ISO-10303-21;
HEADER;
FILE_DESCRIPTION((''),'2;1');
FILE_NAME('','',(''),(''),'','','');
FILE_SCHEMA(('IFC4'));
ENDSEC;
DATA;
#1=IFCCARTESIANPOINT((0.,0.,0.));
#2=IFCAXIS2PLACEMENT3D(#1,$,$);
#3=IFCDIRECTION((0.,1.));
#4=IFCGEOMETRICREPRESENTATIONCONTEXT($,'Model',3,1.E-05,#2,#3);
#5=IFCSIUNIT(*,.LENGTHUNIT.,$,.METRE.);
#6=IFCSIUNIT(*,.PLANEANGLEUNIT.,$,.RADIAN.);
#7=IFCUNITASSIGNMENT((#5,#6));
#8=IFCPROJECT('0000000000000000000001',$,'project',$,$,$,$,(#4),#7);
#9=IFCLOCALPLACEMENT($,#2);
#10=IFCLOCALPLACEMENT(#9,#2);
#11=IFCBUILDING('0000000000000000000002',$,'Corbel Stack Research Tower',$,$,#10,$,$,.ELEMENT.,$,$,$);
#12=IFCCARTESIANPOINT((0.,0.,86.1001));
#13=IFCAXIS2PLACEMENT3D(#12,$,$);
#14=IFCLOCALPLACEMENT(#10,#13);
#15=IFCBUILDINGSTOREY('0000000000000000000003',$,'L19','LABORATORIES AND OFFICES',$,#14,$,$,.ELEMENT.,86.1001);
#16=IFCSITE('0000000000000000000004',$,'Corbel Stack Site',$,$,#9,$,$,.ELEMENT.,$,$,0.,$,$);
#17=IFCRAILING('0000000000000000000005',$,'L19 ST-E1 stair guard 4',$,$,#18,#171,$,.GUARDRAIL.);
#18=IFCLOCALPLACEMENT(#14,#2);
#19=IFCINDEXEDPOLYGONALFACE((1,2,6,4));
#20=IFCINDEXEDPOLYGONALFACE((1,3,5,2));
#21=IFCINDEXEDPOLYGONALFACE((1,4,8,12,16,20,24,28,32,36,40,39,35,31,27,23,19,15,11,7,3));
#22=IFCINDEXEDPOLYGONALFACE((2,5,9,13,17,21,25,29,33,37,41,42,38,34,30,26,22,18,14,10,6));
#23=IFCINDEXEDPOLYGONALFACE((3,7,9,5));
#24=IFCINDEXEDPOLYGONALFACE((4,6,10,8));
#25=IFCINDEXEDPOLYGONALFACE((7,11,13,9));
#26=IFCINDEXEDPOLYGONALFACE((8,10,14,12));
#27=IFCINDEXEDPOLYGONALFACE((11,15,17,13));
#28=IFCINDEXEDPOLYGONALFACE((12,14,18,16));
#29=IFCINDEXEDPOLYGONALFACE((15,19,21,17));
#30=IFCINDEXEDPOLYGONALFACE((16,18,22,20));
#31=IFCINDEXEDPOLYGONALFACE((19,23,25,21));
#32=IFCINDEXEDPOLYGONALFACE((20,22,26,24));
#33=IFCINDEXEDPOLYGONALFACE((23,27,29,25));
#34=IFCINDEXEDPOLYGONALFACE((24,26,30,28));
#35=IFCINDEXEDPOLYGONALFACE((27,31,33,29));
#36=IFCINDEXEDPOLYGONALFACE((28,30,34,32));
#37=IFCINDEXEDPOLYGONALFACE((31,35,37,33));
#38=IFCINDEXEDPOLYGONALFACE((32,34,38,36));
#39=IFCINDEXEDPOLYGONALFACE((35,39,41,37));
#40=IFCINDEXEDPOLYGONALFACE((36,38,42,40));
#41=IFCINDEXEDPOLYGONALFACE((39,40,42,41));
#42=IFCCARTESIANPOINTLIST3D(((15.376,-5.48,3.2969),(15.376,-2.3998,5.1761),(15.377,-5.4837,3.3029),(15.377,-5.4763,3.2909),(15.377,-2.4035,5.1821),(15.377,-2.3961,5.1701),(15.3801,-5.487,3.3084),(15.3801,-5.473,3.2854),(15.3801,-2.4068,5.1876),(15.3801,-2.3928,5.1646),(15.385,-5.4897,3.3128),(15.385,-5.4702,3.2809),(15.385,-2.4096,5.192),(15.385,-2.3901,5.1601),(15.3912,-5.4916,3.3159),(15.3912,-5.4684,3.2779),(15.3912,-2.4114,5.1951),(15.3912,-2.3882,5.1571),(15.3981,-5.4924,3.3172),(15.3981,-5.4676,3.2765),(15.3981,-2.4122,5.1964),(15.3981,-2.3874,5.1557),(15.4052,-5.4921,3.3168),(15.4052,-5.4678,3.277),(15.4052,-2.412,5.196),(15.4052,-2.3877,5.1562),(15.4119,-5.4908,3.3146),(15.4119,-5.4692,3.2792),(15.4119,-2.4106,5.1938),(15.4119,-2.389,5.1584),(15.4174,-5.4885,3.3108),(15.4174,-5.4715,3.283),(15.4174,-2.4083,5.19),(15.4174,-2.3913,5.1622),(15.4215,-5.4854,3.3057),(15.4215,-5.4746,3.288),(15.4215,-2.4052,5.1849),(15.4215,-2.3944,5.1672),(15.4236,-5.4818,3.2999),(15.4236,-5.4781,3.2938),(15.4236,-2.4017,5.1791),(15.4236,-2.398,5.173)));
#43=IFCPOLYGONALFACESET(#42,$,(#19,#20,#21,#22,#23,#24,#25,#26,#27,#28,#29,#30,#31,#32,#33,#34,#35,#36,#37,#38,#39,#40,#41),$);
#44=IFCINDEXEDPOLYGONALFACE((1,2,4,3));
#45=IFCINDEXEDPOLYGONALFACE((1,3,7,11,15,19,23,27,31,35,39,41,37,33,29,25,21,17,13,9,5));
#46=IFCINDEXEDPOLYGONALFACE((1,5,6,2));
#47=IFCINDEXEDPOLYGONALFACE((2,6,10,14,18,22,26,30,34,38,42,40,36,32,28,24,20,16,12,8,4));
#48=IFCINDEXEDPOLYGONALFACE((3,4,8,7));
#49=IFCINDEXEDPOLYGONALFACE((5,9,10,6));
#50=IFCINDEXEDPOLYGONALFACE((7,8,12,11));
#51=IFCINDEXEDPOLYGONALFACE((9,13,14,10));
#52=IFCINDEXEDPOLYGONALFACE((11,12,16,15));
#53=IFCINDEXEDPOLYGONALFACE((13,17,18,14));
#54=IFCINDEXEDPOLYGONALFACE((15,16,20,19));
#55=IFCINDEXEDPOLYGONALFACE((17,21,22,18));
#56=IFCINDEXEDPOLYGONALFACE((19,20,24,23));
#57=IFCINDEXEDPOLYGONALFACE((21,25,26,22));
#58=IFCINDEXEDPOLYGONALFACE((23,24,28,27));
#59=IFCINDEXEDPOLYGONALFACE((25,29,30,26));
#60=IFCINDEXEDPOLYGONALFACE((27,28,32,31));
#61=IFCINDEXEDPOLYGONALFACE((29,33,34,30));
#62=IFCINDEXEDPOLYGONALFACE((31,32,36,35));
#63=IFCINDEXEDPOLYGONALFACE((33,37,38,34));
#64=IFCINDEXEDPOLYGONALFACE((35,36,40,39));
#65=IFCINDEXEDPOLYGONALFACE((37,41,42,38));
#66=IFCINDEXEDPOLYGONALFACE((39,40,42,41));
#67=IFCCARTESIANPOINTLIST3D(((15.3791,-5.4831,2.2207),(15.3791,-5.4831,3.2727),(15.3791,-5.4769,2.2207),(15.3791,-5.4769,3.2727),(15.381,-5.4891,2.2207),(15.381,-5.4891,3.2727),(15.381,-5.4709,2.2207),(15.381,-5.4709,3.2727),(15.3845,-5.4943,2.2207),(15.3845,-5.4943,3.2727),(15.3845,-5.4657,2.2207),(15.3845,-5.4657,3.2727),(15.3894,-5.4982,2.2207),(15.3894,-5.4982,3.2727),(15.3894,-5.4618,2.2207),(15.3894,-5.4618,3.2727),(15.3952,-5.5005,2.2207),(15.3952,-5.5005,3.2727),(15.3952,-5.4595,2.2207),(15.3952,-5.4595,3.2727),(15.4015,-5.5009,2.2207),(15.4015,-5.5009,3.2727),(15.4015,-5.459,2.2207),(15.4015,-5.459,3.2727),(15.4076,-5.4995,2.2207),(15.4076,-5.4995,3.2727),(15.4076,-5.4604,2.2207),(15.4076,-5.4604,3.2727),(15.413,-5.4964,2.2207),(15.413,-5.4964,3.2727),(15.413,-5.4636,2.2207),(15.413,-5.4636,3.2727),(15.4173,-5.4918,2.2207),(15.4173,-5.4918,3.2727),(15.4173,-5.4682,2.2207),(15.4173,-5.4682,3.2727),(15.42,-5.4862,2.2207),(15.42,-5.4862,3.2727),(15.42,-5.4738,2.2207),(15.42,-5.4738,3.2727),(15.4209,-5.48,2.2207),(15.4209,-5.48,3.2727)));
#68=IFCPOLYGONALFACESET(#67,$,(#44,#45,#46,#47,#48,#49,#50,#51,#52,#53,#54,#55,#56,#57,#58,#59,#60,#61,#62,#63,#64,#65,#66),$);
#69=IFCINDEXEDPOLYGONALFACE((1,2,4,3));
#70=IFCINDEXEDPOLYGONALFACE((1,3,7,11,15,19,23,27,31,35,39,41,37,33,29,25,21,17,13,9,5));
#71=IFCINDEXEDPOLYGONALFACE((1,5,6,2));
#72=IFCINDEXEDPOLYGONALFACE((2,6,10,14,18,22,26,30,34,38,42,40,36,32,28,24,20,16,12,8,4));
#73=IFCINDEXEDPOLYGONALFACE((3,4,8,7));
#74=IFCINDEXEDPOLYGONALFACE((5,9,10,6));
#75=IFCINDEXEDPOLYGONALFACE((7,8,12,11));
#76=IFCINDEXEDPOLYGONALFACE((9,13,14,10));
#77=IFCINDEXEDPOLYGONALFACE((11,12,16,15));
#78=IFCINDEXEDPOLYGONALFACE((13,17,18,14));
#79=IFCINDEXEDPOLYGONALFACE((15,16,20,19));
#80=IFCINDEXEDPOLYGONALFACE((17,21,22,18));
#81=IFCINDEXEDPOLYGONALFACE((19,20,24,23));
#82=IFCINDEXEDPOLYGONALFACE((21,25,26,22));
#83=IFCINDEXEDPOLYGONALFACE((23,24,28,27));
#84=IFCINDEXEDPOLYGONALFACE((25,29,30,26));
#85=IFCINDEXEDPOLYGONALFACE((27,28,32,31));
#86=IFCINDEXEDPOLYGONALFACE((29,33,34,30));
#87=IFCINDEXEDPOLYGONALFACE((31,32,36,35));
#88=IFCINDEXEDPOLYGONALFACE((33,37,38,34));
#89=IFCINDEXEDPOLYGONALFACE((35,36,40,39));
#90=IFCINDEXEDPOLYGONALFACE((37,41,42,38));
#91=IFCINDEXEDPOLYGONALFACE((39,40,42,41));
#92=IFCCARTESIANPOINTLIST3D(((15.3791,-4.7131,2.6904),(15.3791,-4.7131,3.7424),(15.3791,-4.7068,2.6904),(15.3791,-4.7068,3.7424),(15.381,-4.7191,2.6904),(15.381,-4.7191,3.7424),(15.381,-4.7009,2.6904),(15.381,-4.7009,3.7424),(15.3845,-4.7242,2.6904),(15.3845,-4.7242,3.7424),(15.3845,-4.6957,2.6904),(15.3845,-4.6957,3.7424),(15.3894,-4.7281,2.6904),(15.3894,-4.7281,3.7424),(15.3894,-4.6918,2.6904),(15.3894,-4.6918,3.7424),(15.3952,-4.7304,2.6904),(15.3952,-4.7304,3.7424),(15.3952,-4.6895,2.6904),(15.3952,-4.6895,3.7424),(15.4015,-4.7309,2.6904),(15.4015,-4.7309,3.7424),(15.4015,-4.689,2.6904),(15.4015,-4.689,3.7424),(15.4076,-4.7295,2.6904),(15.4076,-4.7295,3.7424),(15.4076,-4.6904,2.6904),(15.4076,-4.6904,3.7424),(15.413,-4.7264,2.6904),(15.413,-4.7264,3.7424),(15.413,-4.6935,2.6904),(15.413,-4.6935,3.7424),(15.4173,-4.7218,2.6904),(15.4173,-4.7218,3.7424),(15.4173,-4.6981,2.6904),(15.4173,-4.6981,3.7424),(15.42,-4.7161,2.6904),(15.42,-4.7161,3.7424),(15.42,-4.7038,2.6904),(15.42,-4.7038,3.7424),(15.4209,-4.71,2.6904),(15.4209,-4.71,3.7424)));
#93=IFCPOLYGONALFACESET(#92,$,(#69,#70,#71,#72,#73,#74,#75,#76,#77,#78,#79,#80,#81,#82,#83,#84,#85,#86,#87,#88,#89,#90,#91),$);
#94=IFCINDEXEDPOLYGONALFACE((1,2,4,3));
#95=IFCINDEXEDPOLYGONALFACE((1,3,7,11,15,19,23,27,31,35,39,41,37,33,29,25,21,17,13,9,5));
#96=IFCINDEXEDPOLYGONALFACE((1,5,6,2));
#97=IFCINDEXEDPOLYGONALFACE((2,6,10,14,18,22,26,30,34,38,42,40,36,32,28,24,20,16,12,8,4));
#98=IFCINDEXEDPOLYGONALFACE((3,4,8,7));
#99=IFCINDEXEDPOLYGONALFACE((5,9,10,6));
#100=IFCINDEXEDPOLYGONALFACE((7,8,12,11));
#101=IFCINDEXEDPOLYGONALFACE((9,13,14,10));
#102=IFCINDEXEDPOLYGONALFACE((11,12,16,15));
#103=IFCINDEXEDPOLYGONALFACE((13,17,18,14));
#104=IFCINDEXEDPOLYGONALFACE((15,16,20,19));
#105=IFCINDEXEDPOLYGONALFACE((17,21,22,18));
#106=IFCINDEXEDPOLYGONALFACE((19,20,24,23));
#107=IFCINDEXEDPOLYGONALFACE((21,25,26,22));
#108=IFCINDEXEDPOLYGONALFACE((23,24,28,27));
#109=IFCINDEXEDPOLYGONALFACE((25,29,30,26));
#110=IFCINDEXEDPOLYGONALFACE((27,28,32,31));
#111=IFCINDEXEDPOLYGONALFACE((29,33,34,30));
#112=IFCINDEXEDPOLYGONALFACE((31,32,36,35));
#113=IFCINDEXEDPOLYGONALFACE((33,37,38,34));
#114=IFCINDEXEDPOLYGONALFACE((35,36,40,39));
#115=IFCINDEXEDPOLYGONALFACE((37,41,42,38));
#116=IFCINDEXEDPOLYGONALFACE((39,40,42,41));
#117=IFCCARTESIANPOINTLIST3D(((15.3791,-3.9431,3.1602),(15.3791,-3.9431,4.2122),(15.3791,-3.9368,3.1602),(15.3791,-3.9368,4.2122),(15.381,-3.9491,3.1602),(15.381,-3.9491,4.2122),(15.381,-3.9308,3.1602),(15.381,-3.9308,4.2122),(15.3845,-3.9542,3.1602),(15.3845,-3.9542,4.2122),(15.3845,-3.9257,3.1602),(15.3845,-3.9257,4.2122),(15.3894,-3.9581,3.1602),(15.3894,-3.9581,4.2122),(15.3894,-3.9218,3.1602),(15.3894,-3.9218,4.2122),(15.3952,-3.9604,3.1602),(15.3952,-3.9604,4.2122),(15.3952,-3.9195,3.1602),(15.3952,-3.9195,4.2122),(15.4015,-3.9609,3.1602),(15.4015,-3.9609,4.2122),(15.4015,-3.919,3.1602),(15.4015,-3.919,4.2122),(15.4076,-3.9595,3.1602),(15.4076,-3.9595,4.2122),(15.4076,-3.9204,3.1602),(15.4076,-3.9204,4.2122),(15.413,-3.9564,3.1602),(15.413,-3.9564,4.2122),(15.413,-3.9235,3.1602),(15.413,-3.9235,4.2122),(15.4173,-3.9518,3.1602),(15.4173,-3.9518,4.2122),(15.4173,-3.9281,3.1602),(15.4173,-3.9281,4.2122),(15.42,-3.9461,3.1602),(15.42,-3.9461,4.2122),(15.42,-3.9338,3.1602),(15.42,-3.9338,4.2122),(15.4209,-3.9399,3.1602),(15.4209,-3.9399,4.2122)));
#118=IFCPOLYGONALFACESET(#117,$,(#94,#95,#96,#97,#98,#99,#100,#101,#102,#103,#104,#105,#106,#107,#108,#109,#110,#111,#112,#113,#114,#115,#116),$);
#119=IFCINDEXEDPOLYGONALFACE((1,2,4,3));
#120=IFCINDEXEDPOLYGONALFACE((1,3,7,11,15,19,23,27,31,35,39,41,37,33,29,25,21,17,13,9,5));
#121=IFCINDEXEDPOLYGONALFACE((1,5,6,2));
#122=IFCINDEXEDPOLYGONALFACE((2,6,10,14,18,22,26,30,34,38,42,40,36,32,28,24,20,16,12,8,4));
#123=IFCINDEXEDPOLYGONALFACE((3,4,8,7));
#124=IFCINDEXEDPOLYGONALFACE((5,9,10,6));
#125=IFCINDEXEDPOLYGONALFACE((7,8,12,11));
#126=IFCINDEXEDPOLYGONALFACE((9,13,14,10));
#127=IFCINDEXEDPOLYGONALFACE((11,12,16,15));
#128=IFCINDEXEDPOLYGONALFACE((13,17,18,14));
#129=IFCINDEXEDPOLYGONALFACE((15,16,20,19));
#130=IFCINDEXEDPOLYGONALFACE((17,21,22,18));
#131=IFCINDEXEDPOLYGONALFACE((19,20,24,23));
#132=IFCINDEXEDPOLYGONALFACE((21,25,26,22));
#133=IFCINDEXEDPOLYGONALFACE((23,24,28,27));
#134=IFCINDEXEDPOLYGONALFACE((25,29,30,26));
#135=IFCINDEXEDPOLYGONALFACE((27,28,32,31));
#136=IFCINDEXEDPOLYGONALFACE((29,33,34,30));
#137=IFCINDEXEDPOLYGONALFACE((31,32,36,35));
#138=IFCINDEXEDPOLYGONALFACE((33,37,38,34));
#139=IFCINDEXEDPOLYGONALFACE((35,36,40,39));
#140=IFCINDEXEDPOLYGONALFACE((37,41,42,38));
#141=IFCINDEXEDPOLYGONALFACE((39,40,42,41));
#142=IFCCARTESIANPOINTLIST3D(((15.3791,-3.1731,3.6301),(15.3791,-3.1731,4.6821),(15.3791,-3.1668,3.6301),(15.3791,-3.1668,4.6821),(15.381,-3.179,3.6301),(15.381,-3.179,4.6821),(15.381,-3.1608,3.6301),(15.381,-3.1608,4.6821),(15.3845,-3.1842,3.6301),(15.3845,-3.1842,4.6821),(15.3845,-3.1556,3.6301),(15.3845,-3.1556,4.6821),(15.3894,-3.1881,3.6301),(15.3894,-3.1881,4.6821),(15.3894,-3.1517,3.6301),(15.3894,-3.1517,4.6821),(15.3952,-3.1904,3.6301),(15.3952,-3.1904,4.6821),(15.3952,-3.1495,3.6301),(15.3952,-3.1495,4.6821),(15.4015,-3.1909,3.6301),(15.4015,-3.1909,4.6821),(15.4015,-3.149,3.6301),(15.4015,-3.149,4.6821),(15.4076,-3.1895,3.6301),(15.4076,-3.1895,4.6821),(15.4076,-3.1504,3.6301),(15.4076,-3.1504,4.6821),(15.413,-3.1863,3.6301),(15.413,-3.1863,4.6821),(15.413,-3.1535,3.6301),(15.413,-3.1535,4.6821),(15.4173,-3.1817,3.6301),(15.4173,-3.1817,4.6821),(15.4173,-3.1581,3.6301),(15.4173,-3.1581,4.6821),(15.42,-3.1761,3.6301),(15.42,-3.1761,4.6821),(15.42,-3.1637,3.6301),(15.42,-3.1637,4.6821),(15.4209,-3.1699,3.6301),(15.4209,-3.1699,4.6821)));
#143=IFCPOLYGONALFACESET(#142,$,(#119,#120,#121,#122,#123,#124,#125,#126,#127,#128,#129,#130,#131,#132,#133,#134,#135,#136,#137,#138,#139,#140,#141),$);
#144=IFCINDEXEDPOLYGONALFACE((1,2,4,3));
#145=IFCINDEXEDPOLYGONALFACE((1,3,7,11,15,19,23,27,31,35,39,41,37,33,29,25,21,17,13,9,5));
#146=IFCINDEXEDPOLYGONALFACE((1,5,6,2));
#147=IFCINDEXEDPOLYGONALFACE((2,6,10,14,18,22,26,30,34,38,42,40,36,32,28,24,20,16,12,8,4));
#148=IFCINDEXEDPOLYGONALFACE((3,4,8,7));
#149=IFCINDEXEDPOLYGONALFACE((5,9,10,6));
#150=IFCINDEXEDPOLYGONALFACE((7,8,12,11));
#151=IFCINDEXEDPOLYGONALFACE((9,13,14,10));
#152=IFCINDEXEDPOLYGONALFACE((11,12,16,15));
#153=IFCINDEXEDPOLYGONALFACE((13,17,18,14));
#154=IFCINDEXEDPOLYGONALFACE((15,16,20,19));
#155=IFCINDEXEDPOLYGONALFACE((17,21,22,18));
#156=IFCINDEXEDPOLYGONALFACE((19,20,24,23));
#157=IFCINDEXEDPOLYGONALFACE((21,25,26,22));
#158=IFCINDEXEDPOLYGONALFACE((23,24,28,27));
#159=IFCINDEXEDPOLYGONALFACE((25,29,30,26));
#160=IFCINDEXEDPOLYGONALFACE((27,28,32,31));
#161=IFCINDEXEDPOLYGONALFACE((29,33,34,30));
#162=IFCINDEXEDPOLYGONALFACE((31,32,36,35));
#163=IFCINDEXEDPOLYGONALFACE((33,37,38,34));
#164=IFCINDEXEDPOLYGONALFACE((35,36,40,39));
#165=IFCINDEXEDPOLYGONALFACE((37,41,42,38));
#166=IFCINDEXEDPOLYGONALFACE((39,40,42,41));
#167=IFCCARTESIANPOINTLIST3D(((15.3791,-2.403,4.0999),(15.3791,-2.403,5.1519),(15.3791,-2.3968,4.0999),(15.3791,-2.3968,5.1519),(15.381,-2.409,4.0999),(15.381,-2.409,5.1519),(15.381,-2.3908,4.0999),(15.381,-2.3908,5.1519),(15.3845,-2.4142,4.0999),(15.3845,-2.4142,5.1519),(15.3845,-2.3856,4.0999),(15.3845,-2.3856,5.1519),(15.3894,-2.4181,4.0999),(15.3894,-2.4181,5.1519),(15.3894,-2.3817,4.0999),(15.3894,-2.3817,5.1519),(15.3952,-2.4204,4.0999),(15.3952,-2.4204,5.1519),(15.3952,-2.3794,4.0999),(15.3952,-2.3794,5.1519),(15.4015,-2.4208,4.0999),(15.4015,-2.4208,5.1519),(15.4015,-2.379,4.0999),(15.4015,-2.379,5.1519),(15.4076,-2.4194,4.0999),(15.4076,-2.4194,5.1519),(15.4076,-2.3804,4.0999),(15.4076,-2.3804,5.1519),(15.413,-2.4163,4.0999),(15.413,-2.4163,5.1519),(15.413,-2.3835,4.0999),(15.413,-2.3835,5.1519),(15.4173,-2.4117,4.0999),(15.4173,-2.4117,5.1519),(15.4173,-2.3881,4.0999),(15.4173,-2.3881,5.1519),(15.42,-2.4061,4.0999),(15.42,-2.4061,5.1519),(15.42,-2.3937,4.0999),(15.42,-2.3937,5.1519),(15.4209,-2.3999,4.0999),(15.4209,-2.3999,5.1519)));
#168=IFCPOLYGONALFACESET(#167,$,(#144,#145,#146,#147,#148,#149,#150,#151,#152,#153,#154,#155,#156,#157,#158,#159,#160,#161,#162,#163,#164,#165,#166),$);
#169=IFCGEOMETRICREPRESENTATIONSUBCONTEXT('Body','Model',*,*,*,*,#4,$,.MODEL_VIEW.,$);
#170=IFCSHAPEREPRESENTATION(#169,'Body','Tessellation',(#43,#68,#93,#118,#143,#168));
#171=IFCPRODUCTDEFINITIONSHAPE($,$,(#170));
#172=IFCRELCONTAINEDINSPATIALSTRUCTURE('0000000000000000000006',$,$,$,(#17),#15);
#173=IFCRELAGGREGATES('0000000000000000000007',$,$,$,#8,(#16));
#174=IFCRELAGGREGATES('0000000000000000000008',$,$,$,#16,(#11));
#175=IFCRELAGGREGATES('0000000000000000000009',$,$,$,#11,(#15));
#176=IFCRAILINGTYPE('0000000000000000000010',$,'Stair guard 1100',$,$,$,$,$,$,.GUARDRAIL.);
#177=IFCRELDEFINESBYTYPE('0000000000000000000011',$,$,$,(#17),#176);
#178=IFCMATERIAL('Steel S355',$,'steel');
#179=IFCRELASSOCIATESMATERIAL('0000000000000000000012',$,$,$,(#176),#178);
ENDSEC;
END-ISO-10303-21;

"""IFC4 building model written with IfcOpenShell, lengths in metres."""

from ifc_helpers import new_model, si_unit, direction, frame, origin, origin_2d, place, context, subcontext, project, spatial, circle, extrude, material, type_object, element, save


model = new_model("IFC4")

# Units and contexts
model_context = context("Model", 3, precision=1e-05, world=origin(), true_north=direction((0.0, 1.0)))
body_context = subcontext(model_context, "Body", "Model", "MODEL_VIEW")
ifc_project = project(units=[si_unit("LENGTHUNIT", "METRE"), si_unit("PLANEANGLEUNIT", "RADIAN")], contexts=[model_context])

# Site, building, storey
site_placement = place(None, origin())
site = spatial("IfcSite", under=ifc_project, at=site_placement, Name="Corbel Stack Site", CompositionType="ELEMENT", RefElevation=0.0)
building_placement = place(site_placement, origin())
building = spatial("IfcBuilding", under=site, at=building_placement, Name="Corbel Stack Research Tower", CompositionType="ELEMENT")
storey_placement = place(building_placement, frame((0.0, 0.0, 86.1001)))
storey = spatial("IfcBuildingStorey", under=building, at=storey_placement, Name="L19", Description="LABORATORIES AND OFFICES", CompositionType="ELEMENT", Elevation=86.1001)

# Railing
ifc_material_1 = material(Name="Steel S355", Category="steel")
railing_type_1 = type_object("IfcRailingType", Name="Stair guard 1100", PredefinedType="GUARDRAIL", material=ifc_material_1)
railing_1_placement = place(storey_placement, frame((15.3999, -5.48, 2.2207)))
element("IfcRailing", 1, at=railing_1_placement, inside=storey, type_object=railing_type_1, Name="L19 ST-E1 stair guard 4", PredefinedType="GUARDRAIL", context=body_context, shape_type="SweptSolid", body=[
    extrude(circle(Radius=0.0239, at=origin_2d()), frame((0.0, 0.0, 1.0762), z_axis=(0.0, 0.853666, 0.52082), x_axis=(-1.0, 0.0, 0.0)), (0.0, 0.0, 1.0), 3.6082),
    extrude(circle(Radius=0.021, at=origin_2d()), origin(), (0.0, 0.0, 1.0), 1.052),
    extrude(circle(Radius=0.021, at=origin_2d()), frame((0.0, 0.77, 0.4697)), (0.0, 0.0, 1.0), 1.052),
    extrude(circle(Radius=0.021, at=origin_2d()), frame((0.0, 1.54, 0.9395)), (0.0, 0.0, 1.0), 1.052),
    extrude(circle(Radius=0.021, at=origin_2d()), frame((0.0, 2.3101, 1.4094)), (0.0, 0.0, 1.0), 1.052),
    extrude(circle(Radius=0.021, at=origin_2d()), frame((0.0, 3.0801, 1.8792)), (0.0, 0.0, 1.0), 1.052),
])

save(model, "model.ifc")
